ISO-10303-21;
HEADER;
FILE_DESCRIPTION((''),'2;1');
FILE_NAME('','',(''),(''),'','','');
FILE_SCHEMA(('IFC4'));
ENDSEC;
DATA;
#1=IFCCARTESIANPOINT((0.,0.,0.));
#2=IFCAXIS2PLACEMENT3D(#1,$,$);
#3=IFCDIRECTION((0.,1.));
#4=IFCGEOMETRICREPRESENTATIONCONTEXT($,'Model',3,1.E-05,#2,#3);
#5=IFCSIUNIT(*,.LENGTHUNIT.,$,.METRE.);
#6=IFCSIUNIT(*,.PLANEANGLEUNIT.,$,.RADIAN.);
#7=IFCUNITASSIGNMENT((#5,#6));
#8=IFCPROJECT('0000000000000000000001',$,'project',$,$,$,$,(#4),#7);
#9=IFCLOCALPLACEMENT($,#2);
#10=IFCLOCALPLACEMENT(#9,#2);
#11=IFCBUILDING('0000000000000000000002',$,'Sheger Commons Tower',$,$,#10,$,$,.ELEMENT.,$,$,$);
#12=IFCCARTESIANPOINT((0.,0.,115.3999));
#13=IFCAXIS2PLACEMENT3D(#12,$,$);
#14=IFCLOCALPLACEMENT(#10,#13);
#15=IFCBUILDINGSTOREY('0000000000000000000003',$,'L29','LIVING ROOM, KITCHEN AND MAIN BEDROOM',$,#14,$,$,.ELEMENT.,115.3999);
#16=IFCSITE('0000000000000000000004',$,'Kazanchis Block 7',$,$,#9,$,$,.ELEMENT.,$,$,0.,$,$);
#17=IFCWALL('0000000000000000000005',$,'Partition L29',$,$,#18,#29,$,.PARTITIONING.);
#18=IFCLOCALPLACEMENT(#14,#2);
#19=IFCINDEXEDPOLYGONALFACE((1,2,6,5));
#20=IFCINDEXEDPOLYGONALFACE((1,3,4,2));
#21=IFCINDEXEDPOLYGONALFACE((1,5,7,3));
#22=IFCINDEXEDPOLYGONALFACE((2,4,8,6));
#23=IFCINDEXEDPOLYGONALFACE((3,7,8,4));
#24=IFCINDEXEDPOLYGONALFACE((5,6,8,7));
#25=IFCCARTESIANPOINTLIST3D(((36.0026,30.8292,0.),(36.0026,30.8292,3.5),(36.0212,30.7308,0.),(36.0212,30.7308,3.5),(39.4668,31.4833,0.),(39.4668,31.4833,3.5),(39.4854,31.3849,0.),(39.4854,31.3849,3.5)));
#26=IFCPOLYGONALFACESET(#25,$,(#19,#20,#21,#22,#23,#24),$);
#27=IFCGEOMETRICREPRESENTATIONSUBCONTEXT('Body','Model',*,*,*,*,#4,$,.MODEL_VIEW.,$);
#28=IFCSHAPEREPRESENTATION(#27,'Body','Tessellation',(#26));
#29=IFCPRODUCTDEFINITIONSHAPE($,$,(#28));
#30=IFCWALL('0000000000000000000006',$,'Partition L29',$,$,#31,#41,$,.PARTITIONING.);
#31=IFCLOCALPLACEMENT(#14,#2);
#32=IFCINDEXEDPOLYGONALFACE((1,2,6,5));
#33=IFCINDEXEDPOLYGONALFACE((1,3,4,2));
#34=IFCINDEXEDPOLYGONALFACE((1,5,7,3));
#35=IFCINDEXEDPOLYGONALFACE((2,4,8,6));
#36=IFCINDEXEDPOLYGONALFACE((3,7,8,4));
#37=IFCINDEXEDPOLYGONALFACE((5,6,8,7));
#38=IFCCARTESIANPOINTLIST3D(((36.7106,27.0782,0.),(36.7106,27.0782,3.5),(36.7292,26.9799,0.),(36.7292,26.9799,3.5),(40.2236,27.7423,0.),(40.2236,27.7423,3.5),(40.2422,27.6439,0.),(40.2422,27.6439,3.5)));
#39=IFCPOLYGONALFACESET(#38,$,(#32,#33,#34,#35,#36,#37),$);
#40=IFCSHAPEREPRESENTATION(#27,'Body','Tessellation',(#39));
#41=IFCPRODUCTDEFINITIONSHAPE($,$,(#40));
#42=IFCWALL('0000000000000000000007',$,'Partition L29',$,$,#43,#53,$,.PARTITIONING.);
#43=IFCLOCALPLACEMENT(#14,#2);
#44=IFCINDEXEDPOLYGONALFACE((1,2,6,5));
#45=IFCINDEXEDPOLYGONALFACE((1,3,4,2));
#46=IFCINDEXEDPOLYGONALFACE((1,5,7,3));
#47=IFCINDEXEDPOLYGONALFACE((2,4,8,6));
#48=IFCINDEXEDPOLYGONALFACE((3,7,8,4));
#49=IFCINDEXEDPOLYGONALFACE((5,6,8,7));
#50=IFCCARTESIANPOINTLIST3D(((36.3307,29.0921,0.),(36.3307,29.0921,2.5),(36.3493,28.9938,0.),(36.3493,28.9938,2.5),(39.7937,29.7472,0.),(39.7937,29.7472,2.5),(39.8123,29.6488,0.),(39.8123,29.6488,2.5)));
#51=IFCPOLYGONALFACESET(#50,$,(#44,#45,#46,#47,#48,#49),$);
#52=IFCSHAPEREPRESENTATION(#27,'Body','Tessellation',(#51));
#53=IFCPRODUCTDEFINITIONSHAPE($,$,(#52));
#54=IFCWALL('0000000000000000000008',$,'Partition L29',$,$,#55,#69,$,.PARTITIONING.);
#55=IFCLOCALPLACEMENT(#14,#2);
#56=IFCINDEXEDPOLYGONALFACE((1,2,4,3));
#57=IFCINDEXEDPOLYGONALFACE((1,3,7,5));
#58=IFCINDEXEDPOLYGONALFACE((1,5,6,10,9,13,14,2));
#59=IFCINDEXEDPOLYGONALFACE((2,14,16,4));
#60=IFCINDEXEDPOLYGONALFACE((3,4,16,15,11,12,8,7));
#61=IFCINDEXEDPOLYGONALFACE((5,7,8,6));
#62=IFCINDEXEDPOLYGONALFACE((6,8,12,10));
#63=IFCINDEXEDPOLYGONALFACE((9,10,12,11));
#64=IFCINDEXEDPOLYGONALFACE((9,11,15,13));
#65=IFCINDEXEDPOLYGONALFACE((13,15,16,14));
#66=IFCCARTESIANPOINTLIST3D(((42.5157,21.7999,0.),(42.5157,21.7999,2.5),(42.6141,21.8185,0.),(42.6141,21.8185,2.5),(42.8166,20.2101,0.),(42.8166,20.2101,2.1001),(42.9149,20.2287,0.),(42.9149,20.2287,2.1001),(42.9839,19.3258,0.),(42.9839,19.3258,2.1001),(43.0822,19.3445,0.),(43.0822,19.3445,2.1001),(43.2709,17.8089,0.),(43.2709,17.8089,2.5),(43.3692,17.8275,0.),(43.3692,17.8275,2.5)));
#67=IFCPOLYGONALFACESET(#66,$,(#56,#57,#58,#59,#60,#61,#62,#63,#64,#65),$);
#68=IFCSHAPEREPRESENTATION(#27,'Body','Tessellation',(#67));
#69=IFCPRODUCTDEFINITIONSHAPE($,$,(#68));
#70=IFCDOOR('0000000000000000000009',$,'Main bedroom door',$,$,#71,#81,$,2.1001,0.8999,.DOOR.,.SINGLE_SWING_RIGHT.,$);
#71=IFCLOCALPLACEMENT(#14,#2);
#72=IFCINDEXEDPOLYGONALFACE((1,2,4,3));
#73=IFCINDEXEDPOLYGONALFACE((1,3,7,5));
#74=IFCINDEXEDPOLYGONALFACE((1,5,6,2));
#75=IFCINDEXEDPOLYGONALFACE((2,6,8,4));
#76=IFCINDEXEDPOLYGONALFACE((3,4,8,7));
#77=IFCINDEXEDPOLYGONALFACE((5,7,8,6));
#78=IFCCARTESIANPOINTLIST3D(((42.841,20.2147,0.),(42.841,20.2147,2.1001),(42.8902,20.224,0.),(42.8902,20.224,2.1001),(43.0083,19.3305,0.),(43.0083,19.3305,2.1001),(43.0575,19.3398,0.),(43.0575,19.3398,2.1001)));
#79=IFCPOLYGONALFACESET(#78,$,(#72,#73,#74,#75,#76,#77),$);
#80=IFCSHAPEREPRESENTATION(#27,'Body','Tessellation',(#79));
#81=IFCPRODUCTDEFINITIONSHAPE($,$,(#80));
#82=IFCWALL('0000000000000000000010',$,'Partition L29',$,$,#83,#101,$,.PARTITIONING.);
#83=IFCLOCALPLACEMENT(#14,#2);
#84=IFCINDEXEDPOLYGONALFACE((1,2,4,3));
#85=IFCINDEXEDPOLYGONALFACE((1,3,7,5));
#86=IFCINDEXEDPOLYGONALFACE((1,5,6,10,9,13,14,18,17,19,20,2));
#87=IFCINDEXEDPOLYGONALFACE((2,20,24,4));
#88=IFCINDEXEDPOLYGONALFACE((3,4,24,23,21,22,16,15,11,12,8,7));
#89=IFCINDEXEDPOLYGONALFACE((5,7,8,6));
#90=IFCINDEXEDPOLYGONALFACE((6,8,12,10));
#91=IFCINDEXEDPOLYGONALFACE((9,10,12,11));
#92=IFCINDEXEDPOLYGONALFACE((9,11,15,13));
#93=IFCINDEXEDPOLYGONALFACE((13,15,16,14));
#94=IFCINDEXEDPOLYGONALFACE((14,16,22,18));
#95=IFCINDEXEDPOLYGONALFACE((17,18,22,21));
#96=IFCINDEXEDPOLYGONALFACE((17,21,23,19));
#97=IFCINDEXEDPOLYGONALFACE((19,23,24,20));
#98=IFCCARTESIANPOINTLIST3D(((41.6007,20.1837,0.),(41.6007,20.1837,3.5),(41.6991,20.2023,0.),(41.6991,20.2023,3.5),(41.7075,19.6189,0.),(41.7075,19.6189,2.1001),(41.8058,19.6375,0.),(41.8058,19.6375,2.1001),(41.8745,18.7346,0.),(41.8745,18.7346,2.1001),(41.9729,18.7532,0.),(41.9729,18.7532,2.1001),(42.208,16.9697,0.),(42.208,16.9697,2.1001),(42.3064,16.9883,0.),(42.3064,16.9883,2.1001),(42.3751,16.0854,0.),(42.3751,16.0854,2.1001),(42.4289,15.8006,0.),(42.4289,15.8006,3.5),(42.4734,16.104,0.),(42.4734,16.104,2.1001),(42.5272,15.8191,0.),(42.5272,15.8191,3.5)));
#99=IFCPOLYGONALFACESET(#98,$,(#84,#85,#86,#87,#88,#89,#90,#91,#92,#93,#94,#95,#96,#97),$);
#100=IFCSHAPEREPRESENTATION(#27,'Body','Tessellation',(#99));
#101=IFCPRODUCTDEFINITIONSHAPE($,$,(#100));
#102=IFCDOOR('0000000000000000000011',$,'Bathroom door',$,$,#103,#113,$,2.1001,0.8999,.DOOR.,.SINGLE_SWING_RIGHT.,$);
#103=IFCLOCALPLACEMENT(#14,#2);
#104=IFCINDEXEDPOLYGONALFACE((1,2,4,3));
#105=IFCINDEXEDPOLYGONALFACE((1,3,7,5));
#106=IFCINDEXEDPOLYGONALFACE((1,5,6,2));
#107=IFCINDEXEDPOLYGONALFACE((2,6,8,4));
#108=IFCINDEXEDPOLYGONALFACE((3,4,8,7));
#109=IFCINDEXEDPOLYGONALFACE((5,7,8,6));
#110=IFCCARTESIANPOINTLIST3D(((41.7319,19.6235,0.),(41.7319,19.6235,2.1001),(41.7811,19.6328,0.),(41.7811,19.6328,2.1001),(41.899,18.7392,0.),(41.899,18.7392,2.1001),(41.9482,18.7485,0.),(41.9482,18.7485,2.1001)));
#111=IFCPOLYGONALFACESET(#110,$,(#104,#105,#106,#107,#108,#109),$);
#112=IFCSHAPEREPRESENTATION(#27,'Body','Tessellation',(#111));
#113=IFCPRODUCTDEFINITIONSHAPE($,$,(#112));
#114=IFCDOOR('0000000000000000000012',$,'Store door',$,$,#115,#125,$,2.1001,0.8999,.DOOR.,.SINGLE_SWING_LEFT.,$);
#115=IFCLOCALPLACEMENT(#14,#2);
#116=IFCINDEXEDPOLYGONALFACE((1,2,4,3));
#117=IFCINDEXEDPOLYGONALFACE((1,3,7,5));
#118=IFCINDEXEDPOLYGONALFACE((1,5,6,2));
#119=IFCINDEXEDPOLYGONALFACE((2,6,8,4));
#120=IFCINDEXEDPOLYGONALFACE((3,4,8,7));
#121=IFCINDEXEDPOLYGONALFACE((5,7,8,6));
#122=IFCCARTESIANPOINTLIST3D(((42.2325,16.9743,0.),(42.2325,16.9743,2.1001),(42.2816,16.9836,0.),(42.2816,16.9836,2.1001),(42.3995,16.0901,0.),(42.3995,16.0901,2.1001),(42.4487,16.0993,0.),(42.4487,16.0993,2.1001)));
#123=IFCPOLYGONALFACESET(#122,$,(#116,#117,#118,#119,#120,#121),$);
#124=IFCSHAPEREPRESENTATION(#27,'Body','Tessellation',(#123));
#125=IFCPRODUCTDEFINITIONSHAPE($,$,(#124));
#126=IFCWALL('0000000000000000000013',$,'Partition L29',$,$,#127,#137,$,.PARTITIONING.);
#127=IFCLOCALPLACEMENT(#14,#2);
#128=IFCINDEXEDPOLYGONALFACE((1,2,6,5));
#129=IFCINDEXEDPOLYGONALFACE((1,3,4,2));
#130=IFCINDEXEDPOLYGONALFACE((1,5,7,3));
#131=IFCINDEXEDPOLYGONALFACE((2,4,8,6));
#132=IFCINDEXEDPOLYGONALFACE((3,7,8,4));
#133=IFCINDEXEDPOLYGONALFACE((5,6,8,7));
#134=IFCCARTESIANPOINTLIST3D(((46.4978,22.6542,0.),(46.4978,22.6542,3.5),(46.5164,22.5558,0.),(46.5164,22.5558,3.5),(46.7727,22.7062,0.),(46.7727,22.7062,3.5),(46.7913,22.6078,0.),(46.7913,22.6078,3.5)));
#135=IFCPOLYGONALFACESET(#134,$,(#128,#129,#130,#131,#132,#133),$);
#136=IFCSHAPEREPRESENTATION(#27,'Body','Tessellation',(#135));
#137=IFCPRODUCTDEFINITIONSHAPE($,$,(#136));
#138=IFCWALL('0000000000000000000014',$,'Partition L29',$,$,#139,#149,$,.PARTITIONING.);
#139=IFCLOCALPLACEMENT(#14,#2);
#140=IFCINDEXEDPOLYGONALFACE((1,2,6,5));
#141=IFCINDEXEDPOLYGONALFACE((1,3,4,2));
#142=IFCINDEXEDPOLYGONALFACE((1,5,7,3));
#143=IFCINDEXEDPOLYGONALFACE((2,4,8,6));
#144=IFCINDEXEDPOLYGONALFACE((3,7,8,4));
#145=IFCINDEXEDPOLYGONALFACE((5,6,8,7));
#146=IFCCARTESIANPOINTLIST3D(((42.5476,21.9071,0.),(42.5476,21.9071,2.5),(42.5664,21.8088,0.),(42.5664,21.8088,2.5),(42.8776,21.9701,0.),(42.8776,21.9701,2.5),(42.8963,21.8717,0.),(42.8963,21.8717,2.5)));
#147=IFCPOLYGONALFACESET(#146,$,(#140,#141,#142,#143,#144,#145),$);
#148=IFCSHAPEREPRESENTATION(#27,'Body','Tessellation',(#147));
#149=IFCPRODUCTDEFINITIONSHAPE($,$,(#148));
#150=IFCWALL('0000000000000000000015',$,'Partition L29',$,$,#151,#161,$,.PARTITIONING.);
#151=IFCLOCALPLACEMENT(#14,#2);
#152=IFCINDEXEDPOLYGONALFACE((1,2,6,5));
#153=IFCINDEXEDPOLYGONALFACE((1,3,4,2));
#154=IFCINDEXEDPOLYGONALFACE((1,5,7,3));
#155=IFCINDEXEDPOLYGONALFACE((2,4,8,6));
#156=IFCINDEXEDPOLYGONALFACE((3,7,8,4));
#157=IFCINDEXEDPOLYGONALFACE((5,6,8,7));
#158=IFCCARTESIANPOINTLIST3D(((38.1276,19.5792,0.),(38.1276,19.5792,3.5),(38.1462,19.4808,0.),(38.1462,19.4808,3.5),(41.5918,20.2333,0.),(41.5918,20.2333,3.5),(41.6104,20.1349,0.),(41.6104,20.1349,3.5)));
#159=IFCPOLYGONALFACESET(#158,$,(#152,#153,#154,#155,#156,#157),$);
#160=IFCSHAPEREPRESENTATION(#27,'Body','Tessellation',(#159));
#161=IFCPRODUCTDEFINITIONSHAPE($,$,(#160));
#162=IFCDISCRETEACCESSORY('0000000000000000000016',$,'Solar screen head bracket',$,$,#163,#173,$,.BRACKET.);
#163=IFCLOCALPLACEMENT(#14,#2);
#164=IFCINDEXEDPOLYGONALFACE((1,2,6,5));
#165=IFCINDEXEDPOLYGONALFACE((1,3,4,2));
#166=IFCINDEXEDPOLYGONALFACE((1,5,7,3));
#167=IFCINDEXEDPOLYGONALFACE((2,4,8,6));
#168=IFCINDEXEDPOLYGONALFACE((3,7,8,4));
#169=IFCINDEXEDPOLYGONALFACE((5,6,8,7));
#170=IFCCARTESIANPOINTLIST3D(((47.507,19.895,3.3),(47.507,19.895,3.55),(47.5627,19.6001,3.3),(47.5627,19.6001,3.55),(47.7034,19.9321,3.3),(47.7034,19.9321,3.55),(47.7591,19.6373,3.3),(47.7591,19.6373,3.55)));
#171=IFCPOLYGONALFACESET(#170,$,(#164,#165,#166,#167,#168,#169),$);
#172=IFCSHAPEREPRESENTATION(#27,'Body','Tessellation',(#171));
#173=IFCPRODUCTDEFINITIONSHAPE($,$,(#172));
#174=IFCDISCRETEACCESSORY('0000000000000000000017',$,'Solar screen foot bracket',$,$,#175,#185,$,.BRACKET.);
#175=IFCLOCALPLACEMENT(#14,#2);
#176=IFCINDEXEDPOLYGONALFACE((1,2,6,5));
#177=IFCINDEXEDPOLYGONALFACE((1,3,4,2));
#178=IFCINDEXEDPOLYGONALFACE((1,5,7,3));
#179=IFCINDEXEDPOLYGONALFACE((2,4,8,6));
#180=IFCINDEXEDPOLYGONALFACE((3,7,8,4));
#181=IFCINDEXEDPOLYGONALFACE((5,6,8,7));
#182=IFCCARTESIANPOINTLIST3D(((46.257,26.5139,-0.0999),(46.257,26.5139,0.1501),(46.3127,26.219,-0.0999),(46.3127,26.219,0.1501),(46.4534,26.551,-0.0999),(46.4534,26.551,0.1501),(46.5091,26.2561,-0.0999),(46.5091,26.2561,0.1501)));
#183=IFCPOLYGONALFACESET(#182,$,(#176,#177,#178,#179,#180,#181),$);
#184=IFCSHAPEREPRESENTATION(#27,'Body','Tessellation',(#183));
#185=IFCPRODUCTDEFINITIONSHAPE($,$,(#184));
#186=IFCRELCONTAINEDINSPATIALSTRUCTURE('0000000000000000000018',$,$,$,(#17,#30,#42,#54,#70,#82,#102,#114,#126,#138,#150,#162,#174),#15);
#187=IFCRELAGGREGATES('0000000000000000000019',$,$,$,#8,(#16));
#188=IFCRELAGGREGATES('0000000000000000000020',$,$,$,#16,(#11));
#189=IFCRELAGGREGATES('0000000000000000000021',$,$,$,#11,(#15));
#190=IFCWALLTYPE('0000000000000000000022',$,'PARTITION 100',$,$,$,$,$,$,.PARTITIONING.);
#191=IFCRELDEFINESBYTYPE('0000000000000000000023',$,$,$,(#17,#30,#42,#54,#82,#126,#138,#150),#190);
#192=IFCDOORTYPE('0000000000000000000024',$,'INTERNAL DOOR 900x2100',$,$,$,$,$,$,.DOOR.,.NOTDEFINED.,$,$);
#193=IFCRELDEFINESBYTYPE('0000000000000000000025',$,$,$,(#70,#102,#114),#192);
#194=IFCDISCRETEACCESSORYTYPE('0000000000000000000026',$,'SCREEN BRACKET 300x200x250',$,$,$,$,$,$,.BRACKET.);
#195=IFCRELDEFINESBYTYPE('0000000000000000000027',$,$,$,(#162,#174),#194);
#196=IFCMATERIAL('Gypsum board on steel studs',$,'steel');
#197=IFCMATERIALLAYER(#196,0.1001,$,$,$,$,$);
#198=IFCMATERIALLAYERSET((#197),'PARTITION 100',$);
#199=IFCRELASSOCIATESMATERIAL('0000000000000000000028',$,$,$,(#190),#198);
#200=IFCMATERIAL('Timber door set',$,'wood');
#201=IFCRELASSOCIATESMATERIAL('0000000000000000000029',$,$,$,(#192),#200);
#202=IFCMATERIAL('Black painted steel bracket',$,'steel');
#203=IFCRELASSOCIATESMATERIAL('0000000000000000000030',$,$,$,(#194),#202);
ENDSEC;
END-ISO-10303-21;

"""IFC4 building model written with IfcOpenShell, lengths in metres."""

from ifc_helpers import new_model, si_unit, direction, frame, frame_2d, origin, origin_2d, place, context, subcontext, project, spatial, rectangle, extrude, material, layer, layer_set, type_object, element, fill, save


model = new_model("IFC4")

# Units and contexts
model_context = context("Model", 3, precision=1e-05, world=origin(), true_north=direction((0.0, 1.0)))
body_context = subcontext(model_context, "Body", "Model", "MODEL_VIEW")
ifc_project = project(units=[si_unit("LENGTHUNIT", "METRE"), si_unit("PLANEANGLEUNIT", "RADIAN")], contexts=[model_context])

# Site, building, storey
site_placement = place(None, origin())
site = spatial("IfcSite", under=ifc_project, at=site_placement, Name="Kazanchis Block 7", CompositionType="ELEMENT", RefElevation=0.0)
building_placement = place(site_placement, origin())
building = spatial("IfcBuilding", under=site, at=building_placement, Name="Sheger Commons Tower", CompositionType="ELEMENT")
storey_placement = place(building_placement, frame((0.0, 0.0, 115.3999)))
storey = spatial("IfcBuildingStorey", under=building, at=storey_placement, Name="L29", Description="LIVING ROOM, KITCHEN AND MAIN BEDROOM", CompositionType="ELEMENT", Elevation=115.3999)

# Walls
ifc_material_1 = material(Name="Gypsum board on steel studs", Category="steel")
ifc_layer_1 = layer(ifc_material_1, 0.1001)
ifc_layer_set_1 = layer_set([ifc_layer_1], Name="PARTITION 100")
wall_type_1 = type_object("IfcWallType", Name="PARTITION 100", PredefinedType="PARTITIONING", material=ifc_layer_set_1)
wall_1_placement = place(storey_placement, frame((39.4761, 31.4341, 0.0), z_axis=(0.0, 0.0, 1.0), x_axis=(-0.982639, -0.18553, 0.0)))
element("IfcWall", 1, at=wall_1_placement, inside=storey, type_object=wall_type_1, Name="Partition L29", PredefinedType="PARTITIONING", context=body_context, shape_type="SweptSolid", body=[
    extrude(rectangle(XDim=3.5254, YDim=0.1001, at=frame_2d((1.7627, 0.0))), origin(), (0.0, 0.0, 1.0), 3.5),
])
wall_2_placement = place(storey_placement, frame((40.2329, 27.6931, 0.0), z_axis=(0.0, 0.0, 1.0), x_axis=(-0.982598, -0.185744, 0.0)))
element("IfcWall", 2, at=wall_2_placement, inside=storey, type_object=wall_type_1, Name="Partition L29", PredefinedType="PARTITIONING", context=body_context, shape_type="SweptSolid", body=[
    extrude(rectangle(XDim=3.5752, YDim=0.1001, at=frame_2d((1.7876, 0.0))), origin(), (0.0, 0.0, 1.0), 3.5),
])
wall_3_placement = place(storey_placement, frame((39.803, 29.698, 0.0), z_axis=(0.0, 0.0, 1.0), x_axis=(-0.982576, -0.185861, 0.0)))
element("IfcWall", 3, at=wall_3_placement, inside=storey, type_object=wall_type_1, Name="Partition L29", PredefinedType="PARTITIONING", context=body_context, shape_type="SweptSolid", body=[
    extrude(rectangle(XDim=3.5244, YDim=0.1001, at=frame_2d((1.7622, 0.0))), origin(), (0.0, 0.0, 1.0), 2.5),
])

# Wall, opening, door
wall_4_placement = place(storey_placement, frame((42.5649, 21.8091, 0.0), z_axis=(0.0, 0.0, 1.0), x_axis=(0.18591, -0.982567, 0.0)))
wall_4 = element("IfcWall", 4, at=wall_4_placement, inside=storey, type_object=wall_type_1, Name="Partition L29", PredefinedType="PARTITIONING", context=body_context, shape_type="SweptSolid", body=[
    extrude(rectangle(XDim=4.0618, YDim=0.1001, at=frame_2d((2.0308, 0.0))), origin(), (0.0, 0.0, 1.0), 2.5),
])
opening_1_placement = place(wall_4_placement, frame((1.6179, 0.0, 0.0)))
opening_1 = element("IfcOpeningElement", 5, at=opening_1_placement, cuts=wall_4, PredefinedType="OPENING", context=body_context, shape_type="SweptSolid", body=[
    extrude(rectangle(XDim=0.8999, YDim=2.1001, at=frame_2d((0.45, 1.05))), frame((0.0, 0.0601, 0.0), z_axis=(0.0, -1.0, 0.0), x_axis=(1.0, 0.0, 0.0)), (0.0, 0.0, 1.0), 0.1201),
])
ifc_material_2 = material(Name="Timber door set", Category="wood")
door_type = type_object("IfcDoorType", Name="INTERNAL DOOR 900x2100", OperationType="NOTDEFINED", PredefinedType="DOOR", material=ifc_material_2)
door_1_placement = place(opening_1_placement, origin())
door_1 = element("IfcDoor", 6, at=door_1_placement, inside=storey, type_object=door_type, Name="Main bedroom door", OperationType="SINGLE_SWING_RIGHT", OverallHeight=2.1001, OverallWidth=0.8999, PredefinedType="DOOR", context=body_context, shape_type="SweptSolid", body=[
    extrude(rectangle(XDim=0.8999, YDim=2.1001, at=frame_2d((0.45, 1.05))), frame((0.0, 0.0249, 0.0), z_axis=(0.0, -1.0, 0.0), x_axis=(1.0, 0.0, 0.0)), (0.0, 0.0, 1.0), 0.05),
])
fill(opening_1, door_1)

# Wall, openings, doors
wall_5_placement = place(storey_placement, frame((41.6499, 20.1931, 0.0), z_axis=(0.0, 0.0, 1.0), x_axis=(0.185653, -0.982615, 0.0)))
wall_5 = element("IfcWall", 7, at=wall_5_placement, inside=storey, type_object=wall_type_1, Name="Partition L29", PredefinedType="PARTITIONING", context=body_context, shape_type="SweptSolid", body=[
    extrude(rectangle(XDim=4.4607, YDim=0.1001, at=frame_2d((2.2305, 0.0))), origin(), (0.0, 0.0, 1.0), 3.5),
])
opening_2_placement = place(wall_5_placement, frame((0.575, 0.0, 0.0)))
opening_2 = element("IfcOpeningElement", 8, at=opening_2_placement, cuts=wall_5, PredefinedType="OPENING", context=body_context, shape_type="SweptSolid", body=[
    extrude(rectangle(XDim=0.8999, YDim=2.1001, at=frame_2d((0.45, 1.05))), frame((0.0, 0.0601, 0.0), z_axis=(0.0, -1.0, 0.0), x_axis=(1.0, 0.0, 0.0)), (0.0, 0.0, 1.0), 0.1201),
])
opening_3_placement = place(wall_5_placement, frame((3.271, 0.0, 0.0)))
opening_3 = element("IfcOpeningElement", 9, at=opening_3_placement, cuts=wall_5, PredefinedType="OPENING", context=body_context, shape_type="SweptSolid", body=[
    extrude(rectangle(XDim=0.8999, YDim=2.1001, at=frame_2d((0.45, 1.05))), frame((0.0, 0.0601, 0.0), z_axis=(0.0, -1.0, 0.0), x_axis=(1.0, 0.0, 0.0)), (0.0, 0.0, 1.0), 0.1201),
])
door_2_placement = place(opening_2_placement, origin())
door_2 = element("IfcDoor", 10, at=door_2_placement, inside=storey, type_object=door_type, Name="Bathroom door", OperationType="SINGLE_SWING_RIGHT", OverallHeight=2.1001, OverallWidth=0.8999, PredefinedType="DOOR", context=body_context, shape_type="SweptSolid", body=[
    extrude(rectangle(XDim=0.8999, YDim=2.1001, at=frame_2d((0.45, 1.05))), frame((0.0, 0.0249, 0.0), z_axis=(0.0, -1.0, 0.0), x_axis=(1.0, 0.0, 0.0)), (0.0, 0.0, 1.0), 0.05),
])
fill(opening_2, door_2)
door_3_placement = place(opening_3_placement, origin())
door_3 = element("IfcDoor", 11, at=door_3_placement, inside=storey, type_object=door_type, Name="Store door", OperationType="SINGLE_SWING_LEFT", OverallHeight=2.1001, OverallWidth=0.8999, PredefinedType="DOOR", context=body_context, shape_type="SweptSolid", body=[
    extrude(rectangle(XDim=0.8999, YDim=2.1001, at=frame_2d((0.45, 1.05))), frame((0.0, 0.0249, 0.0), z_axis=(0.0, -1.0, 0.0), x_axis=(1.0, 0.0, 0.0)), (0.0, 0.0, 1.0), 0.05),
])
fill(opening_3, door_3)

# Walls
wall_6_placement = place(storey_placement, frame((46.782, 22.657, 0.0), z_axis=(0.0, 0.0, 1.0), x_axis=(-0.982575, -0.185869, 0.0)))
element("IfcWall", 12, at=wall_6_placement, inside=storey, type_object=wall_type_1, Name="Partition L29", PredefinedType="PARTITIONING", context=body_context, shape_type="SweptSolid", body=[
    extrude(rectangle(XDim=0.2798, YDim=0.1001, at=frame_2d((0.1399, 0.0))), origin(), (0.0, 0.0, 1.0), 3.5),
])
wall_7_placement = place(storey_placement, frame((42.887, 21.9209, 0.0), z_axis=(0.0, 0.0, 1.0), x_axis=(-0.982275, -0.187446, 0.0)))
element("IfcWall", 13, at=wall_7_placement, inside=storey, type_object=wall_type_1, Name="Partition L29", PredefinedType="PARTITIONING", context=body_context, shape_type="SweptSolid", body=[
    extrude(rectangle(XDim=0.3359, YDim=0.1001, at=frame_2d((0.168, 0.0))), origin(), (0.0, 0.0, 1.0), 2.5),
])
wall_8_placement = place(storey_placement, frame((41.6011, 20.1841, 0.0), z_axis=(0.0, 0.0, 1.0), x_axis=(-0.982639, -0.18553, 0.0)))
element("IfcWall", 14, at=wall_8_placement, inside=storey, type_object=wall_type_1, Name="Partition L29", PredefinedType="PARTITIONING", context=body_context, shape_type="SweptSolid", body=[
    extrude(rectangle(XDim=3.5254, YDim=0.1001, at=frame_2d((1.7627, 0.0))), origin(), (0.0, 0.0, 1.0), 3.5),
])

# Discrete accessories
ifc_material_3 = material(Name="Black painted steel bracket", Category="steel")
discrete_accessory_type = type_object("IfcDiscreteAccessoryType", Name="SCREEN BRACKET 300x200x250", PredefinedType="BRACKET", material=ifc_material_3)
for number, where, z_axis, x_axis, name in (
    (15, (47.6331, 19.7661, 3.3), (0.0, 0.0, 1.0), (-0.185615, 0.982623, 0.0), "Solar screen head bracket"),
    (16, (46.3831, 26.385, -0.0999), (0.0, 0.0, 1.0), (-0.185615, 0.982623, 0.0), "Solar screen foot bracket"),
):
    element("IfcDiscreteAccessory", number, at=place(storey_placement, frame(where, z_axis=z_axis, x_axis=x_axis)), inside=storey, type_object=discrete_accessory_type, Name=name, PredefinedType="BRACKET", context=body_context, shape_type="SweptSolid", body=[
        extrude(rectangle(XDim=0.3, YDim=0.2, at=origin_2d()), origin(), (0.0, 0.0, 1.0), 0.25),
    ])

save(model, "model.ifc")
